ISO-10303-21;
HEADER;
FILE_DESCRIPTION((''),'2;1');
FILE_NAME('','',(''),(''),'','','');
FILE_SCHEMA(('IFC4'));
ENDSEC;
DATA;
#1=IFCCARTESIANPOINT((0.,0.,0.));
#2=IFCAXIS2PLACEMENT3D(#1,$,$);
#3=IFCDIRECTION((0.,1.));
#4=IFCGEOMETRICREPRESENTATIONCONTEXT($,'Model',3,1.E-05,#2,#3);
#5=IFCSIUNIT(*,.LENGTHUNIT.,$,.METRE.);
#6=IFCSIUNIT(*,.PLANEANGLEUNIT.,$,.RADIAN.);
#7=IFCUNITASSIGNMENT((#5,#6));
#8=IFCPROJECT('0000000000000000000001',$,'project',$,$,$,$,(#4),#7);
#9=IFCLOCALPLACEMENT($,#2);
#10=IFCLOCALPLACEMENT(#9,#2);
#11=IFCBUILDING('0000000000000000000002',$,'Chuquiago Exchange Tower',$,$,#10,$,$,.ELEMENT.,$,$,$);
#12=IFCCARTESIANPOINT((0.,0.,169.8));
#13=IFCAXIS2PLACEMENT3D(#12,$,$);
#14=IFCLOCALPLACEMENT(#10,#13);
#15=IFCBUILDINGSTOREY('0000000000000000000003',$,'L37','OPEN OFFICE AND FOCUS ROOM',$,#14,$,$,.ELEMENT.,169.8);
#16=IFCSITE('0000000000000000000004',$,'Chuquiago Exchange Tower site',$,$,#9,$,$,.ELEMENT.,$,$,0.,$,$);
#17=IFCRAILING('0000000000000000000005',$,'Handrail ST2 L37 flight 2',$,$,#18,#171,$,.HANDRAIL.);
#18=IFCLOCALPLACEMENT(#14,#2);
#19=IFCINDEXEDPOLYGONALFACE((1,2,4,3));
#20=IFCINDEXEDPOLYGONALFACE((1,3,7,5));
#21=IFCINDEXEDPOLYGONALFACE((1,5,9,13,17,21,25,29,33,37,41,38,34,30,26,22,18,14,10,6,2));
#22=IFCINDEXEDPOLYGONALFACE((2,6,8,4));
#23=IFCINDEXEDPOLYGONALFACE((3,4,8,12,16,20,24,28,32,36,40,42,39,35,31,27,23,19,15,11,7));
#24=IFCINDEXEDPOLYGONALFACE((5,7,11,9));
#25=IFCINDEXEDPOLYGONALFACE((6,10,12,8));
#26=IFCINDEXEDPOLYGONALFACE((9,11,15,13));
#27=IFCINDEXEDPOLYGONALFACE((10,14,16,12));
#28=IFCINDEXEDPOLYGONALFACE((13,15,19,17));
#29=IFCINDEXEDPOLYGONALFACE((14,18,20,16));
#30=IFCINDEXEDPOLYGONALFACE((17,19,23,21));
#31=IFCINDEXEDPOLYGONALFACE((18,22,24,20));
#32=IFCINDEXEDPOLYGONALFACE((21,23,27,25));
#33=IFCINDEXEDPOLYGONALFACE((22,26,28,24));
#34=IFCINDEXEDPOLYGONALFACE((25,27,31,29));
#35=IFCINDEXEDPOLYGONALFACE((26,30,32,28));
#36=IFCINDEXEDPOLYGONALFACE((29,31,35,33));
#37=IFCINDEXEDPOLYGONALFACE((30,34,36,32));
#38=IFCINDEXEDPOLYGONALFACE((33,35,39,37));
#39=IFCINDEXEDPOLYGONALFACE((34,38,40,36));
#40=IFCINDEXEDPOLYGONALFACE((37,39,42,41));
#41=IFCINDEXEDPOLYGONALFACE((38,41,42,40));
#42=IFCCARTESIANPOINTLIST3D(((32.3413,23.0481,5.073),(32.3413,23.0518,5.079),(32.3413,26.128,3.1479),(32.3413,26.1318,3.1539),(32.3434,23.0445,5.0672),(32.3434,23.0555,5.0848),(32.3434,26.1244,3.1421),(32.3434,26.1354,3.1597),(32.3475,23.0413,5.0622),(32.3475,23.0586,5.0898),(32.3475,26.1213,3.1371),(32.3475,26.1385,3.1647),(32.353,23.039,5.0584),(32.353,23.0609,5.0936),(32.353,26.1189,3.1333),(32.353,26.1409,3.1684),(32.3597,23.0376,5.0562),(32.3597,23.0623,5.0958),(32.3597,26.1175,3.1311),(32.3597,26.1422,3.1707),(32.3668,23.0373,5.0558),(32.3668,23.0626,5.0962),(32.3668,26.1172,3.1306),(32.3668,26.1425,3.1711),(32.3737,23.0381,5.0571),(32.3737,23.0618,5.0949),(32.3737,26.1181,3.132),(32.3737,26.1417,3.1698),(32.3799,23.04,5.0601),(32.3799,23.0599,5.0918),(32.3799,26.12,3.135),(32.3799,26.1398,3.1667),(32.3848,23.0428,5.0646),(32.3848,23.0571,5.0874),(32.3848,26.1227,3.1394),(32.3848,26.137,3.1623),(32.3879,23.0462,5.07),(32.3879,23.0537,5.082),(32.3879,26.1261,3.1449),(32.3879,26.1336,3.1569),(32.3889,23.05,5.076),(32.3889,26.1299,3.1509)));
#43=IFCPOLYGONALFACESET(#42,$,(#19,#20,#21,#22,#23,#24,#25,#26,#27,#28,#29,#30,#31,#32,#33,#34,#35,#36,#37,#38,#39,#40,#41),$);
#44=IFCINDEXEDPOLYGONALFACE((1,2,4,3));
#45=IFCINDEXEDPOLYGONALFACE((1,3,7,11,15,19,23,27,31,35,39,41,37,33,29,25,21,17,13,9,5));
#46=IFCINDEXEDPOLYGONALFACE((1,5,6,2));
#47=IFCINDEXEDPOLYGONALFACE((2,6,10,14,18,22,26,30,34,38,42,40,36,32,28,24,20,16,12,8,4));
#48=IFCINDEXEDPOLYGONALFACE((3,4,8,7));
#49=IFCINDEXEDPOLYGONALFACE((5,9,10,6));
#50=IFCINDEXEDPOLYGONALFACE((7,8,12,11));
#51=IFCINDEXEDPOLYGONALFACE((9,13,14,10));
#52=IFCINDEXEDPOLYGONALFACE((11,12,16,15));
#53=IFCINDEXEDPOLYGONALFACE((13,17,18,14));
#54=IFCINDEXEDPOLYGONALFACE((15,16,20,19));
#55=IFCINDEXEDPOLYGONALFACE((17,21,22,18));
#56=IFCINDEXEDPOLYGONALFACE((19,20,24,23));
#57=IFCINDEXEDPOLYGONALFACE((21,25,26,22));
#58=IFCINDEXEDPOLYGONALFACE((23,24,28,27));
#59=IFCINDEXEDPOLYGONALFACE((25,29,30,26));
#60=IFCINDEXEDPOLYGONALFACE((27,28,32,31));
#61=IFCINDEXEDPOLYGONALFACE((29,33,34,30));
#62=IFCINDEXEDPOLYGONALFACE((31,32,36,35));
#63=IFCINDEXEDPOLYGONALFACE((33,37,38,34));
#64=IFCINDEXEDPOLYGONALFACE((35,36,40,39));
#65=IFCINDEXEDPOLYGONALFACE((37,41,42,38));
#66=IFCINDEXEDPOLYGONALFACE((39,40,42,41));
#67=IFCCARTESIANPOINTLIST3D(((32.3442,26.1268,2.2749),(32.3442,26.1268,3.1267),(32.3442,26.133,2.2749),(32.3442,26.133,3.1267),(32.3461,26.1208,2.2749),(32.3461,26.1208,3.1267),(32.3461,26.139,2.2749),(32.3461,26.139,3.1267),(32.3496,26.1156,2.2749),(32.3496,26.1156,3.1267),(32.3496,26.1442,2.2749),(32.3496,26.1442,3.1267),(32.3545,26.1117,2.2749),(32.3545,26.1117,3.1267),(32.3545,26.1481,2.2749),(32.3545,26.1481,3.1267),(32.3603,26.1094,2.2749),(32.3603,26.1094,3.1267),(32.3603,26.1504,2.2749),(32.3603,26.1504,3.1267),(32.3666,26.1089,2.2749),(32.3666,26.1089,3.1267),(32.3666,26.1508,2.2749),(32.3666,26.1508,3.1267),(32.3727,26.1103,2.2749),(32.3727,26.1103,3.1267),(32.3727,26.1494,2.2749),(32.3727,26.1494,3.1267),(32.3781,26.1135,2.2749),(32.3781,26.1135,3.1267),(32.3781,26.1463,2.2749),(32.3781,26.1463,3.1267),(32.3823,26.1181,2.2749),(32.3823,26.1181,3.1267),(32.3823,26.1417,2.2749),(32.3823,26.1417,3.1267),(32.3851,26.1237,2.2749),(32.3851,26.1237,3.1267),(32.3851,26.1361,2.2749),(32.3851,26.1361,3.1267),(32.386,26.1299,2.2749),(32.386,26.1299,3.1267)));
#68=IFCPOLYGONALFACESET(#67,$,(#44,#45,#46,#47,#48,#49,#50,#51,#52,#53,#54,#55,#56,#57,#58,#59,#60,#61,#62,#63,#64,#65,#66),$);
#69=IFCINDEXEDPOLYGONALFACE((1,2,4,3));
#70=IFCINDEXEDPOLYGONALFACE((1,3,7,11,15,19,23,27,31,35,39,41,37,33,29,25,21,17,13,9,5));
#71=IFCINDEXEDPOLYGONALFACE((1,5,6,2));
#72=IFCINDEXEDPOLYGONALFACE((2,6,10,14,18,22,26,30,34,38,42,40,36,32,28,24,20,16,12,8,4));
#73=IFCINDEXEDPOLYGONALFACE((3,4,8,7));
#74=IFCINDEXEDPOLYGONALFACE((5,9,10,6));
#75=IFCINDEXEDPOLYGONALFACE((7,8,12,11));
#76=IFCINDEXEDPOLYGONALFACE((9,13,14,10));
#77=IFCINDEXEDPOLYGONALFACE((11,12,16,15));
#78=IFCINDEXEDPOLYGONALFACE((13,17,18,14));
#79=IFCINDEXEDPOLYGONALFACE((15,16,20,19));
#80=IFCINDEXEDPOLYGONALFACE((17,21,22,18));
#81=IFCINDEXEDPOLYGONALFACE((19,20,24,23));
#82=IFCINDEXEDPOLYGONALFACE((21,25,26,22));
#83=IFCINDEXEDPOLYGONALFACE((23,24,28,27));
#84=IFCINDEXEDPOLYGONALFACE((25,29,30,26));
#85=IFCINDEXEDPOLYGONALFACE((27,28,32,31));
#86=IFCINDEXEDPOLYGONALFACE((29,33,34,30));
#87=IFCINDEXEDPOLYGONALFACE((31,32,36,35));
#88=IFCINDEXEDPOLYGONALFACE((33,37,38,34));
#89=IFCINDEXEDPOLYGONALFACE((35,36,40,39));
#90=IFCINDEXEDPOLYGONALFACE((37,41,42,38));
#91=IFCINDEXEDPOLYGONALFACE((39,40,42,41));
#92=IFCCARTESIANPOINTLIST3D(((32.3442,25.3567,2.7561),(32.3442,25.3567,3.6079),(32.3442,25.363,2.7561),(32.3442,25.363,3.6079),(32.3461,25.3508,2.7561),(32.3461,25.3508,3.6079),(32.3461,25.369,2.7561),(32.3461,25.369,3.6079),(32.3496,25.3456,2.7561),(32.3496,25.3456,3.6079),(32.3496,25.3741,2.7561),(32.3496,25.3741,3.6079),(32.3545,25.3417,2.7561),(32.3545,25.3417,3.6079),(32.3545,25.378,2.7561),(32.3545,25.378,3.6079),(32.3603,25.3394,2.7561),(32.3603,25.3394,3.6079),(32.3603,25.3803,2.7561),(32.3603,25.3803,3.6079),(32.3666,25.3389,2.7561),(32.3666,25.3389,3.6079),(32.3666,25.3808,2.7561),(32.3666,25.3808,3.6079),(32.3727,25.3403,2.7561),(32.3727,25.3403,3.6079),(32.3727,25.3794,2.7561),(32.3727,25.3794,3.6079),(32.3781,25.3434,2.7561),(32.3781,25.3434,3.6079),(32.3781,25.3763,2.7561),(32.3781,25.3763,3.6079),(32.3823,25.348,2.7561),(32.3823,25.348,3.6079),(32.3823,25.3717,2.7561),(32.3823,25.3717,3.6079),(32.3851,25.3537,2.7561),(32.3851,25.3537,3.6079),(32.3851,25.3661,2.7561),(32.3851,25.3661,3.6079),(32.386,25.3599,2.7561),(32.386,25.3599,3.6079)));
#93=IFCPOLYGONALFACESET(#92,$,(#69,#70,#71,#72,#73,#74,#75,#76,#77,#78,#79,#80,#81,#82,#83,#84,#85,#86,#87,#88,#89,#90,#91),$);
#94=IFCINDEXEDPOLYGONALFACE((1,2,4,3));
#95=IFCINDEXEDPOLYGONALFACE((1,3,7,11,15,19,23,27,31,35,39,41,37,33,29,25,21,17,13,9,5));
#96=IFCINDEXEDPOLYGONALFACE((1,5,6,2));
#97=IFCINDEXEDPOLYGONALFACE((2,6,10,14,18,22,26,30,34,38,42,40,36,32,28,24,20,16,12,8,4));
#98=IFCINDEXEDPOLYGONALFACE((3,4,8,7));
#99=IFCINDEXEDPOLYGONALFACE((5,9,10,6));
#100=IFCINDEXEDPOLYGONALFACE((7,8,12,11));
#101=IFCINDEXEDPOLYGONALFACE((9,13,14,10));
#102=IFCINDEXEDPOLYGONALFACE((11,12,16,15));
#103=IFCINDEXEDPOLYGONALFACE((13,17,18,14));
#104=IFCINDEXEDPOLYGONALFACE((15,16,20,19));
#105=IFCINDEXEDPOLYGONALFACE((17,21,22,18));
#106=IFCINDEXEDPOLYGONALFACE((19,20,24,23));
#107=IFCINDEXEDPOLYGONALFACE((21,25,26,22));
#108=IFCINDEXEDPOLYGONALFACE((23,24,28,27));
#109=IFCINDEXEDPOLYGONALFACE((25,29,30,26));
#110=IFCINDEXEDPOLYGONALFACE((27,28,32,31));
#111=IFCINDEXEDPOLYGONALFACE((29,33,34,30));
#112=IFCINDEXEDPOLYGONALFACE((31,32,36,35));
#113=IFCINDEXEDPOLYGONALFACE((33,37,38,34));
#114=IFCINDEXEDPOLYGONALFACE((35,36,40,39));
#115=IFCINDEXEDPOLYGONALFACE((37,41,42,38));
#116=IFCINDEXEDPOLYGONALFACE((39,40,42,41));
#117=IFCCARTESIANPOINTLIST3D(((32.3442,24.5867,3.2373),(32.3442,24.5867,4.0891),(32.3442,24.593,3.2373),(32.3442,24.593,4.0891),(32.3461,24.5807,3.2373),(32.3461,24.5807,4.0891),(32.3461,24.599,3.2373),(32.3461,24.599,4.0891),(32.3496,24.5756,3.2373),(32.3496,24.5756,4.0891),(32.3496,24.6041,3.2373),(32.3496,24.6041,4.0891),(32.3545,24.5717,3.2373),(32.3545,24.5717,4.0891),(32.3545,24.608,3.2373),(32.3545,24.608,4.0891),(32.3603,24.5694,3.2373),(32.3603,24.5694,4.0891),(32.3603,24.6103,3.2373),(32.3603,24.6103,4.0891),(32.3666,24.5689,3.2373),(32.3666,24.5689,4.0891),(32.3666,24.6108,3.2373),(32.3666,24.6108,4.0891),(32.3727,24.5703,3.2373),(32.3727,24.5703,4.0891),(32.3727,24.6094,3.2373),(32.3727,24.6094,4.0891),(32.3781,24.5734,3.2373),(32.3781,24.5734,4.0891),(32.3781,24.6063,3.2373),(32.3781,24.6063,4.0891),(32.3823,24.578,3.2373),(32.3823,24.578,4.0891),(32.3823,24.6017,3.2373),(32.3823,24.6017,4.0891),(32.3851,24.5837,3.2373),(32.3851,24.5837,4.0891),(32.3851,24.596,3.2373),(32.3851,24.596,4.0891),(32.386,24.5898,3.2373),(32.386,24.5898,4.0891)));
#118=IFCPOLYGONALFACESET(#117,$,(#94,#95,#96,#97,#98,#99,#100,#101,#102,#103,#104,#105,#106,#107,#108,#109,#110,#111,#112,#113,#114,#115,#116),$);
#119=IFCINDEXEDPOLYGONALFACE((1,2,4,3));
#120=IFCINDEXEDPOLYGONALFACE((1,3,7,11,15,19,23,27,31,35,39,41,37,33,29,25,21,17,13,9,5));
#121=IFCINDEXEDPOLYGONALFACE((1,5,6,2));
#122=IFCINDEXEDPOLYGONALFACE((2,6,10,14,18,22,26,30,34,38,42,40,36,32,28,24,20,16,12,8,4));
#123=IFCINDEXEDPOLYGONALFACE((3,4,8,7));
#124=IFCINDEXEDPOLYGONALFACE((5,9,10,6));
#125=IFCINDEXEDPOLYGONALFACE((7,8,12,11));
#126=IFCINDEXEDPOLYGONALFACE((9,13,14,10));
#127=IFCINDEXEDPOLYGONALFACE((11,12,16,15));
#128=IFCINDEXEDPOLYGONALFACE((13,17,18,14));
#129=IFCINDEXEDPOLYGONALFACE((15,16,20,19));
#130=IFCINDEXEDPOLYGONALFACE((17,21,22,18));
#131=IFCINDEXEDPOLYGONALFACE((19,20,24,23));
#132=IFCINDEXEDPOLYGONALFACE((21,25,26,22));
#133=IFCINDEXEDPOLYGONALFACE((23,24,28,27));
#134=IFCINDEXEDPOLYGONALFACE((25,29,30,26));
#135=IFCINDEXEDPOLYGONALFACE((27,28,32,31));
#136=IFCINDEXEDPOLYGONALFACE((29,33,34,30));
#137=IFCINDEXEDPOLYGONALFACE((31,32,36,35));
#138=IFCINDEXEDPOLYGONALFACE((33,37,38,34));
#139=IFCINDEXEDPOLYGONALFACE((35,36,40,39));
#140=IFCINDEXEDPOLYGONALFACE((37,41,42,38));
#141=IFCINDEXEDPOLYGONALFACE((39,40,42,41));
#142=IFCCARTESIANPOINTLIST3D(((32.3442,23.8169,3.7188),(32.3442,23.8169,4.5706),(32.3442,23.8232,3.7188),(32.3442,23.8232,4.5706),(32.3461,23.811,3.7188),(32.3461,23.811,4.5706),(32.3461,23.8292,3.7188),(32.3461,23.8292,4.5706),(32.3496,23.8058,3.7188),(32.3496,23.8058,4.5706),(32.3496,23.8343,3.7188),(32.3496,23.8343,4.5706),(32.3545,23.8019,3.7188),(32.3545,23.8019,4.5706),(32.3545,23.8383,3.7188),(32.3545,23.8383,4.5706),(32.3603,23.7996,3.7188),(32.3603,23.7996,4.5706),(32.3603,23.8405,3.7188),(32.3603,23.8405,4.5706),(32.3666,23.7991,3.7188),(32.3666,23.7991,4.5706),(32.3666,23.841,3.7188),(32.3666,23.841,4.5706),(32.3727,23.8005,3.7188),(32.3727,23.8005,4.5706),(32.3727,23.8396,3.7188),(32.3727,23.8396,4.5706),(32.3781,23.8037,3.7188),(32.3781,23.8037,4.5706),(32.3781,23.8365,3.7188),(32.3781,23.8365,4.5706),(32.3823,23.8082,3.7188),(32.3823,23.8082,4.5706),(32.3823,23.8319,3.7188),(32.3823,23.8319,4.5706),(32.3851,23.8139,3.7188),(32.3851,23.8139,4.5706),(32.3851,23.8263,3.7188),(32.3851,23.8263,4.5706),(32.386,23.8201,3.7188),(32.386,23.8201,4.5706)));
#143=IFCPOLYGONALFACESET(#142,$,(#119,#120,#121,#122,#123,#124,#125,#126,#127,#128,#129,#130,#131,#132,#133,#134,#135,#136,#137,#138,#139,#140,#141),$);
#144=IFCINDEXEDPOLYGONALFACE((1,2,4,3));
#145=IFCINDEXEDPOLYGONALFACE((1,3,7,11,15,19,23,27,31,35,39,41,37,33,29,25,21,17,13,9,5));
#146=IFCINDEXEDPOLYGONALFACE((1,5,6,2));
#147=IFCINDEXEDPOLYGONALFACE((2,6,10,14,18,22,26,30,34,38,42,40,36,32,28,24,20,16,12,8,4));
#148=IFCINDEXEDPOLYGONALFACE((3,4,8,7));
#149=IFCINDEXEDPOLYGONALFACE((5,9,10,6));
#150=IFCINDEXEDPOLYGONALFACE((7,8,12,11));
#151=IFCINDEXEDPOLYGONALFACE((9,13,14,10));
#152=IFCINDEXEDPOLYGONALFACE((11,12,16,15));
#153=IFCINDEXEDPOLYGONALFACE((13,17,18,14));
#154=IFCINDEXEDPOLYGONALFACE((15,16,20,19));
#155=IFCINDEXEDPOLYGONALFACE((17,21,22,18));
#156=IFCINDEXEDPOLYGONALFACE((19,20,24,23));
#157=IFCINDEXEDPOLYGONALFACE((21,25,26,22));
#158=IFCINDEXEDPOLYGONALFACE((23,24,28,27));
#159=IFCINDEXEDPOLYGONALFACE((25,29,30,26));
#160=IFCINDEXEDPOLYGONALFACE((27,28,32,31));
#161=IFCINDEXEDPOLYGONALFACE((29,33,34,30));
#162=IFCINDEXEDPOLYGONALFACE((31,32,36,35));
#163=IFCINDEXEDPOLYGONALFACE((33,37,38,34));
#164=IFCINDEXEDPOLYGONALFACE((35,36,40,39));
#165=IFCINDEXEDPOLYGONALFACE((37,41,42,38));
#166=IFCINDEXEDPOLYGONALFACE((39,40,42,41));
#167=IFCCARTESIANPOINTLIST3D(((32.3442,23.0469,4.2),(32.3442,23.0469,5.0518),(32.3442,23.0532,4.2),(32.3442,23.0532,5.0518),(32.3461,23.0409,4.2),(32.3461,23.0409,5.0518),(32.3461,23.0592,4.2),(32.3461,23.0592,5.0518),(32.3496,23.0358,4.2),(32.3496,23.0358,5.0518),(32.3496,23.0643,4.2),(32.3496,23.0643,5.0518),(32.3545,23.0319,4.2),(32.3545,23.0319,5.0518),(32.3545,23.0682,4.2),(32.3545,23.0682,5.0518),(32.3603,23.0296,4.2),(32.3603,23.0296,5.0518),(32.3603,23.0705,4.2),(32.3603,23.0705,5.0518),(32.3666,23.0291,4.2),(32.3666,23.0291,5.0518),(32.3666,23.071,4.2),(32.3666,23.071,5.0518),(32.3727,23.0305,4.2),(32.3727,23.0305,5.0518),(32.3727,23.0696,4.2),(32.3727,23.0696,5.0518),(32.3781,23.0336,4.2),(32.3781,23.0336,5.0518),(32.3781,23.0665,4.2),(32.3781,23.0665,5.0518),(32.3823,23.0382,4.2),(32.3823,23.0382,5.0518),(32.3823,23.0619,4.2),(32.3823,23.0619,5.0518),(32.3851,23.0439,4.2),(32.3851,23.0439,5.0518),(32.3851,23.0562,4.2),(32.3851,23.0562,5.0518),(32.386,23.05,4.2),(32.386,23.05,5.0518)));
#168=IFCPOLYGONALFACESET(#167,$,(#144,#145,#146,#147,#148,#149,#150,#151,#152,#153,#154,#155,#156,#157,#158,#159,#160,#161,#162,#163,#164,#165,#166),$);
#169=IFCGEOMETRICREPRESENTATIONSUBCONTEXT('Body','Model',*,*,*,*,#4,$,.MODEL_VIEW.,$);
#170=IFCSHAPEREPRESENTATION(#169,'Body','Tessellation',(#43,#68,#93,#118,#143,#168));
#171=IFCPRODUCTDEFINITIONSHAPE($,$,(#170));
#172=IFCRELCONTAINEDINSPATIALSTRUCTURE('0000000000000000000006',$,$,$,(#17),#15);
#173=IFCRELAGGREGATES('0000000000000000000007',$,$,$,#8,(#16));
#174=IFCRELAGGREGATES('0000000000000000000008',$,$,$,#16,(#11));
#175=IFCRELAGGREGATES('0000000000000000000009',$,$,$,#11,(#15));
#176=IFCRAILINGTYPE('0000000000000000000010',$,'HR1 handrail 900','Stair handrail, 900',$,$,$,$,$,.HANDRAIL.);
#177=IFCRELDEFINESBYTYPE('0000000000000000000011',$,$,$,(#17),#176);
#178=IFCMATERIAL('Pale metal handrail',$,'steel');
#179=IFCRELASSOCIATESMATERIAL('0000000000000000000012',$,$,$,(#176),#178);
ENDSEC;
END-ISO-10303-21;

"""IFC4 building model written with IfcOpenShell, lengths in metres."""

from ifc_helpers import new_model, si_unit, direction, frame, origin, origin_2d, place, context, subcontext, project, spatial, circle, extrude, material, type_object, element, save


model = new_model("IFC4")

# Units and contexts
model_context = context("Model", 3, precision=1e-05, world=origin(), true_north=direction((0.0, 1.0)))
body_context = subcontext(model_context, "Body", "Model", "MODEL_VIEW")
ifc_project = project(units=[si_unit("LENGTHUNIT", "METRE"), si_unit("PLANEANGLEUNIT", "RADIAN")], contexts=[model_context])

# Site, building, storey
site_placement = place(None, origin())
site = spatial("IfcSite", under=ifc_project, at=site_placement, Name="Chuquiago Exchange Tower site", CompositionType="ELEMENT", RefElevation=0.0)
building_placement = place(site_placement, origin())
building = spatial("IfcBuilding", under=site, at=building_placement, Name="Chuquiago Exchange Tower", CompositionType="ELEMENT")
storey_placement = place(building_placement, frame((0.0, 0.0, 169.8)))
storey = spatial("IfcBuildingStorey", under=building, at=storey_placement, Name="L37", Description="OPEN OFFICE AND FOCUS ROOM", CompositionType="ELEMENT", Elevation=169.8)

# Railing
ifc_material_1 = material(Name="Pale metal handrail", Category="steel")
railing_type_1 = type_object("IfcRailingType", Name="HR1 handrail 900", Description="Stair handrail, 900", PredefinedType="HANDRAIL", material=ifc_material_1)
railing_1_placement = place(storey_placement, frame((32.365, 26.1299, 2.2749)))
element("IfcRailing", 1, at=railing_1_placement, inside=storey, type_object=railing_type_1, Name="Handrail ST2 L37 flight 2", PredefinedType="HANDRAIL", context=body_context, shape_type="SweptSolid", body=[
    extrude(circle(Radius=0.0239, at=origin_2d()), frame((0.0, 0.0, 0.876), z_axis=(0.0, -0.847979, 0.530029), x_axis=(1.0, 0.0, 0.0)), (0.0, 0.0, 1.0), 3.6321),
    extrude(circle(Radius=0.021, at=origin_2d()), origin(), (0.0, 0.0, 1.0), 0.8518),
    extrude(circle(Radius=0.021, at=origin_2d()), frame((0.0, -0.77, 0.4812)), (0.0, 0.0, 1.0), 0.8518),
    extrude(circle(Radius=0.021, at=origin_2d()), frame((0.0, -1.54, 0.9624)), (0.0, 0.0, 1.0), 0.8518),
    extrude(circle(Radius=0.021, at=origin_2d()), frame((0.0, -2.3098, 1.4438)), (0.0, 0.0, 1.0), 0.8518),
    extrude(circle(Radius=0.021, at=origin_2d()), frame((0.0, -3.0798, 1.925)), (0.0, 0.0, 1.0), 0.8518),
])

save(model, "model.ifc")
